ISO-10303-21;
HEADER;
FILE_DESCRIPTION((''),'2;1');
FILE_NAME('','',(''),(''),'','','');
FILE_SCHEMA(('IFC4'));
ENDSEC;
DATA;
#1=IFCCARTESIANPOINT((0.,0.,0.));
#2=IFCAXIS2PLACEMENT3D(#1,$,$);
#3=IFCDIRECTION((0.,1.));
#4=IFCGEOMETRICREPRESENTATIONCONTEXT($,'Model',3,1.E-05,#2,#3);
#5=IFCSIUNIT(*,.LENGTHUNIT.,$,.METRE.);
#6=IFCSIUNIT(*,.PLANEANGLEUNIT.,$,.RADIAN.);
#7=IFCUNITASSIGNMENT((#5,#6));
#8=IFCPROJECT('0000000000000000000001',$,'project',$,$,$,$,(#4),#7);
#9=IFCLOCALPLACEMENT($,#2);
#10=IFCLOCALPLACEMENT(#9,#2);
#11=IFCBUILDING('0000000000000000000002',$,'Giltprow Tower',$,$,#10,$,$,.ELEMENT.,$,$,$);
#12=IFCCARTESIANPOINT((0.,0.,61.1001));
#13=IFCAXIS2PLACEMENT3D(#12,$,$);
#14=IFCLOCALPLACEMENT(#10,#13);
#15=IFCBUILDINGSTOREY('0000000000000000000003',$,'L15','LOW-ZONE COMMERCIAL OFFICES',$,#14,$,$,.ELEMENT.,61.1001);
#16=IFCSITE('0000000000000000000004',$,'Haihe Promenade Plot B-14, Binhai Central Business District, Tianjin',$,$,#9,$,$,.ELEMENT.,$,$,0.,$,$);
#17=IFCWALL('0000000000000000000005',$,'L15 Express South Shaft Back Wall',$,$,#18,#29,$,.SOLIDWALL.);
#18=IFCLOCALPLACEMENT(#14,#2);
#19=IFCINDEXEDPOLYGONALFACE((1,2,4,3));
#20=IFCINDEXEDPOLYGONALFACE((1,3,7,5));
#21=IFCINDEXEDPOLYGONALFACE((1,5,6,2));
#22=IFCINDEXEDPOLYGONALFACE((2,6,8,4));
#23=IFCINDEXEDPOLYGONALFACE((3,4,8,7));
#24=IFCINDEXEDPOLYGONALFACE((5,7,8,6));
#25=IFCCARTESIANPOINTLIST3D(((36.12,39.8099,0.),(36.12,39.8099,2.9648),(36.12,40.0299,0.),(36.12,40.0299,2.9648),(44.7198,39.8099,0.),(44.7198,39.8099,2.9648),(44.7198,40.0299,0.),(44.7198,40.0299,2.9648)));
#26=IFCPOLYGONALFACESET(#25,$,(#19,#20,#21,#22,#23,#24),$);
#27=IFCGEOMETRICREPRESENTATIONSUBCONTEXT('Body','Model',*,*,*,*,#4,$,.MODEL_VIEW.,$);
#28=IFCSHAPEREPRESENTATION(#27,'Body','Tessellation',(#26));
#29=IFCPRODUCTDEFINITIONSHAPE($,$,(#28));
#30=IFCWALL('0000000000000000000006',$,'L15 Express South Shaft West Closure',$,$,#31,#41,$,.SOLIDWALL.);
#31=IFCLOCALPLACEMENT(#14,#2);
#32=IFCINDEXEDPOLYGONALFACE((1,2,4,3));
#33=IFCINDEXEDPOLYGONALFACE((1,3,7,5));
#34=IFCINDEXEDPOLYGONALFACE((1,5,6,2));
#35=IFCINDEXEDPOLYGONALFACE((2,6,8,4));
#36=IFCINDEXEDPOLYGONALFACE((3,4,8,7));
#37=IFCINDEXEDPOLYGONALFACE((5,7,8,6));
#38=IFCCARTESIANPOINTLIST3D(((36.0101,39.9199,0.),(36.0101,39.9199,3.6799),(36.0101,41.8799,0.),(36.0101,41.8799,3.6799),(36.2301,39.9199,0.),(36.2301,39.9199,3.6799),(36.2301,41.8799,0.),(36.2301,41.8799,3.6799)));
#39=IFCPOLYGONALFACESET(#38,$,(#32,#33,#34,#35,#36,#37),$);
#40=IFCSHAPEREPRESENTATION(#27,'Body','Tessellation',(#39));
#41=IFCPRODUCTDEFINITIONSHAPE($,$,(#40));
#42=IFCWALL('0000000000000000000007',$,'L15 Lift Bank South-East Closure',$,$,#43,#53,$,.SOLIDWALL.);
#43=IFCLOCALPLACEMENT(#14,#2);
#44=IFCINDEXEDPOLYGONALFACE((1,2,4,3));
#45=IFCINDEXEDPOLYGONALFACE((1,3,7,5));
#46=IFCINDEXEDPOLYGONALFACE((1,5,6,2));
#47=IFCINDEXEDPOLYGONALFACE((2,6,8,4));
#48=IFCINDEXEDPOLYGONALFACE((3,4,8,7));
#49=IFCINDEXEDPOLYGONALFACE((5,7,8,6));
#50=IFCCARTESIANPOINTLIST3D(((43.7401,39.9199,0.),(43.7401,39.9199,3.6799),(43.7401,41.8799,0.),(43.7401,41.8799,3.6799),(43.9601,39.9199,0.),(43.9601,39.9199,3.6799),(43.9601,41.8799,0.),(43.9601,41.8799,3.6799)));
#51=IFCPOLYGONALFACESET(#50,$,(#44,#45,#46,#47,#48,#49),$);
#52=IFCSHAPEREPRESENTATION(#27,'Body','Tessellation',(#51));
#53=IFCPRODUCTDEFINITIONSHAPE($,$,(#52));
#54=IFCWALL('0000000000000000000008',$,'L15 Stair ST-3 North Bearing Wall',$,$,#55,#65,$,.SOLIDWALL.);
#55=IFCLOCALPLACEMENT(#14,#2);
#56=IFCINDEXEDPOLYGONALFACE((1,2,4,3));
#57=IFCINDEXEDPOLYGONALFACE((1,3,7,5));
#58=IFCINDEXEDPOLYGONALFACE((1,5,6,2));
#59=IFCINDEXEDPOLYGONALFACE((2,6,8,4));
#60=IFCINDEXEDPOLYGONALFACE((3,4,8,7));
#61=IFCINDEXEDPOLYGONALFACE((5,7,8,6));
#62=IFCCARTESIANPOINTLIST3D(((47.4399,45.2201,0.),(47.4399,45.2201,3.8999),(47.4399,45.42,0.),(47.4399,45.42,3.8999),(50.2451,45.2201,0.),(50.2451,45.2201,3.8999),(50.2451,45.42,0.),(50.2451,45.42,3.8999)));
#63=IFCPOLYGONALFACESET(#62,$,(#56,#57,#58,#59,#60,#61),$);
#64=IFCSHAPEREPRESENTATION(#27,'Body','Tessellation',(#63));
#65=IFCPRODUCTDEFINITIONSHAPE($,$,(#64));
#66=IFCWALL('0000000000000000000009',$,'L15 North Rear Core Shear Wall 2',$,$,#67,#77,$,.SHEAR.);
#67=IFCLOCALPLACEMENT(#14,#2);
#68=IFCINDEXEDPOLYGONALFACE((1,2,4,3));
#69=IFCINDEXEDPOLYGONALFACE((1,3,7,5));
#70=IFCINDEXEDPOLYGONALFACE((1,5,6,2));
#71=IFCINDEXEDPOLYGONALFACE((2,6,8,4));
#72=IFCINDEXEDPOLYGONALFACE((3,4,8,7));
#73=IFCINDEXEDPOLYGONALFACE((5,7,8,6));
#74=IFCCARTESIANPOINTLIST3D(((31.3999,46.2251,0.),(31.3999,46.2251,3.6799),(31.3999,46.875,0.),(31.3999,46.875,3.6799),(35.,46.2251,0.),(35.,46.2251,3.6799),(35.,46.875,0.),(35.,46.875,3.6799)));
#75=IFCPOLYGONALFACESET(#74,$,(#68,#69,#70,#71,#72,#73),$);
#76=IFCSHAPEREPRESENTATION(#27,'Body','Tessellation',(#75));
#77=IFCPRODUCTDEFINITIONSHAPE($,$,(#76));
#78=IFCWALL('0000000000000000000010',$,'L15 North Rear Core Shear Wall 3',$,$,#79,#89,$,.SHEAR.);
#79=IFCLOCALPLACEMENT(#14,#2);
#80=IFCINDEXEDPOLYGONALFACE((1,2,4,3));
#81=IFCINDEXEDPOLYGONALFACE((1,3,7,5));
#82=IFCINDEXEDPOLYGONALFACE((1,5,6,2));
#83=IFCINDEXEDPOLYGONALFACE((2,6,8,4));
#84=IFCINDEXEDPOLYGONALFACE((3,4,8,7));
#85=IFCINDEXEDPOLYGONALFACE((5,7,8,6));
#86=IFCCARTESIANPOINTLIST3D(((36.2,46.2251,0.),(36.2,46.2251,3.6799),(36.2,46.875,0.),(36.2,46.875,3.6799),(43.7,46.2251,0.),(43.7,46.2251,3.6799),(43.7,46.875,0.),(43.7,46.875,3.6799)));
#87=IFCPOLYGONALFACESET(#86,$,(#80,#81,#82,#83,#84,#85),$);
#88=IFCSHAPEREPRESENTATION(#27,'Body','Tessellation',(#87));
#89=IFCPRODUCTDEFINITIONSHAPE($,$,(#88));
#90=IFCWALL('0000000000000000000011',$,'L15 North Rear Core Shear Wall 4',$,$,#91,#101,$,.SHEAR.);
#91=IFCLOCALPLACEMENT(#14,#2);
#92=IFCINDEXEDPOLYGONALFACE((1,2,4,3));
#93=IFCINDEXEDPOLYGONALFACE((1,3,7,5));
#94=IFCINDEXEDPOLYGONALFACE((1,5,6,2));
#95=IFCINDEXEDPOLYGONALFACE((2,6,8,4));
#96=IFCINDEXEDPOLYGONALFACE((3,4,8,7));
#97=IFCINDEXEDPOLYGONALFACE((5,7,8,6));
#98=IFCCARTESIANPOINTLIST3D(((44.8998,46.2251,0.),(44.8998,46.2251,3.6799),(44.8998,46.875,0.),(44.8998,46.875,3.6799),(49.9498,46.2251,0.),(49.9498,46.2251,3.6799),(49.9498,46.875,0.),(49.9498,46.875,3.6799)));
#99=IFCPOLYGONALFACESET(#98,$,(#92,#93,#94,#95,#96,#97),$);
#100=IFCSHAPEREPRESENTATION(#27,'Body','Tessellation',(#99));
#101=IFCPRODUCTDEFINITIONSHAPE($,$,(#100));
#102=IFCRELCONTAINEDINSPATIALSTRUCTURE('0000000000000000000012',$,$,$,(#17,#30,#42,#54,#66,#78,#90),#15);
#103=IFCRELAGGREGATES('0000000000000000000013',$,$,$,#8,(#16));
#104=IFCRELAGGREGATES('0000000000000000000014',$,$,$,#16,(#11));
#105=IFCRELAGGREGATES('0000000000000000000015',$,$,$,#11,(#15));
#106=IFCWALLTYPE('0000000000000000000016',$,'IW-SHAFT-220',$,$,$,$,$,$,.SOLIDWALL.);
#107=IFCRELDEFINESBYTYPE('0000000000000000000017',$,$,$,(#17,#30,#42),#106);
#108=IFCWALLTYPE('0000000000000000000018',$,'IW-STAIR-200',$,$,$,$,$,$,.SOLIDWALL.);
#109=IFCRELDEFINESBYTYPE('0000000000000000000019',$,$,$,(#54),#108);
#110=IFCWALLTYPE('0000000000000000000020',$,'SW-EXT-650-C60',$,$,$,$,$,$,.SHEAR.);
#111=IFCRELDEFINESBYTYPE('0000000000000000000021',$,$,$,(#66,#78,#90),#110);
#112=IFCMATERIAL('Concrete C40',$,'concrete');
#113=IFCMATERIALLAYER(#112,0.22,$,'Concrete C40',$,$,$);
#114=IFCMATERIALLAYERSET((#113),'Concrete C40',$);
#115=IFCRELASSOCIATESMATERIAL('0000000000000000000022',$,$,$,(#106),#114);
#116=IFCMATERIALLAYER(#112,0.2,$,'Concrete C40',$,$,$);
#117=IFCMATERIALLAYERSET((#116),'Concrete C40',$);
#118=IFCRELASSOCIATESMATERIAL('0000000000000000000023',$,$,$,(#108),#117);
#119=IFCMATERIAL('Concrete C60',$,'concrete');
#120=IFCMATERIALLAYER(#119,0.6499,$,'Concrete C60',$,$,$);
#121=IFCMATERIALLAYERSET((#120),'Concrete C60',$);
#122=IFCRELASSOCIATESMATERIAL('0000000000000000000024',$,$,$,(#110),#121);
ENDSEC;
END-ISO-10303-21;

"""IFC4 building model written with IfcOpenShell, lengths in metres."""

from ifc_helpers import new_model, si_unit, direction, frame, frame_2d, origin, place, context, subcontext, project, spatial, rectangle, extrude, material, layer, layer_set, type_object, element, save


model = new_model("IFC4")

# Units and contexts
model_context = context("Model", 3, precision=1e-05, world=origin(), true_north=direction((0.0, 1.0)))
body_context = subcontext(model_context, "Body", "Model", "MODEL_VIEW")
ifc_project = project(units=[si_unit("LENGTHUNIT", "METRE"), si_unit("PLANEANGLEUNIT", "RADIAN")], contexts=[model_context])

# Site, building, storey
site_placement = place(None, origin())
site = spatial("IfcSite", under=ifc_project, at=site_placement, Name="Haihe Promenade Plot B-14, Binhai Central Business District, Tianjin", CompositionType="ELEMENT", RefElevation=0.0)
building_placement = place(site_placement, origin())
building = spatial("IfcBuilding", under=site, at=building_placement, Name="Giltprow Tower", CompositionType="ELEMENT")
storey_placement = place(building_placement, frame((0.0, 0.0, 61.1001)))
storey = spatial("IfcBuildingStorey", under=building, at=storey_placement, Name="L15", Description="LOW-ZONE COMMERCIAL OFFICES", CompositionType="ELEMENT", Elevation=61.1001)

# Shared definitions
ifc_material_1 = material(Name="Concrete C60", Category="concrete")

# Shared definitions
ifc_material_2 = material(Name="Concrete C40", Category="concrete")
ifc_layer_1 = layer(ifc_material_2, 0.22, Name="Concrete C40")
ifc_layer_set_1 = layer_set([ifc_layer_1], Name="Concrete C40")
wall_type_1 = type_object("IfcWallType", Name="IW-SHAFT-220", PredefinedType="SOLIDWALL", material=ifc_layer_set_1)

# Walls
wall_1_placement = place(storey_placement, frame((36.1201, 39.9199, 0.0), z_axis=(0.0, 0.0, 1.0), x_axis=(1.0, 0.0, 0.0)))
element("IfcWall", 1, at=wall_1_placement, inside=storey, type_object=wall_type_1, Name="L15 Express South Shaft Back Wall", PredefinedType="SOLIDWALL", context=body_context, shape_type="SweptSolid", body=[
    extrude(rectangle(XDim=8.5999, YDim=0.22, at=frame_2d((4.2998, 0.0))), origin(), (0.0, 0.0, 1.0), 2.9648),
])
for number, where, z_axis, x_axis, name in (
    (2, (36.1201, 39.9199, 0.0), (0.0, 0.0, 1.0), (0.0, 1.0, 0.0), "L15 Express South Shaft West Closure"),
    (3, (43.8501, 39.9199, 0.0), (0.0, 0.0, 1.0), (0.0, 1.0, 0.0), "L15 Lift Bank South-East Closure"),
):
    element("IfcWall", number, at=place(storey_placement, frame(where, z_axis=z_axis, x_axis=x_axis)), inside=storey, type_object=wall_type_1, Name=name, PredefinedType="SOLIDWALL", context=body_context, shape_type="SweptSolid", body=[
        extrude(rectangle(XDim=1.96, YDim=0.22, at=frame_2d((0.98, 0.0))), origin(), (0.0, 0.0, 1.0), 3.6799),
    ])
ifc_layer_2 = layer(ifc_material_2, 0.2, Name="Concrete C40")
ifc_layer_set_2 = layer_set([ifc_layer_2], Name="Concrete C40")
wall_type_2 = type_object("IfcWallType", Name="IW-STAIR-200", PredefinedType="SOLIDWALL", material=ifc_layer_set_2)
wall_2_placement = place(storey_placement, frame((47.4399, 45.3201, 0.0), z_axis=(0.0, 0.0, 1.0), x_axis=(1.0, 0.0, 0.0)))
element("IfcWall", 4, at=wall_2_placement, inside=storey, type_object=wall_type_2, Name="L15 Stair ST-3 North Bearing Wall", PredefinedType="SOLIDWALL", context=body_context, shape_type="SweptSolid", body=[
    extrude(rectangle(XDim=2.8052, YDim=0.2, at=frame_2d((1.4026, 0.0))), origin(), (0.0, 0.0, 1.0), 3.8999),
])
ifc_layer_3 = layer(ifc_material_1, 0.6499, Name="Concrete C60")
ifc_layer_set_3 = layer_set([ifc_layer_3], Name="Concrete C60")
wall_type_3 = type_object("IfcWallType", Name="SW-EXT-650-C60", PredefinedType="SHEAR", material=ifc_layer_set_3)
wall_3_placement = place(storey_placement, frame((31.3999, 46.55, 0.0), z_axis=(0.0, 0.0, 1.0), x_axis=(1.0, 0.0, 0.0)))
element("IfcWall", 5, at=wall_3_placement, inside=storey, type_object=wall_type_3, Name="L15 North Rear Core Shear Wall 2", PredefinedType="SHEAR", context=body_context, shape_type="SweptSolid", body=[
    extrude(rectangle(XDim=3.6001, YDim=0.6499, at=frame_2d((1.8, 0.0))), origin(), (0.0, 0.0, 1.0), 3.6799),
])
wall_4_placement = place(storey_placement, frame((36.2, 46.55, 0.0), z_axis=(0.0, 0.0, 1.0), x_axis=(1.0, 0.0, 0.0)))
element("IfcWall", 6, at=wall_4_placement, inside=storey, type_object=wall_type_3, Name="L15 North Rear Core Shear Wall 3", PredefinedType="SHEAR", context=body_context, shape_type="SweptSolid", body=[
    extrude(rectangle(XDim=7.5, YDim=0.6499, at=frame_2d((3.75, 0.0))), origin(), (0.0, 0.0, 1.0), 3.6799),
])
wall_5_placement = place(storey_placement, frame((44.8999, 46.55, 0.0), z_axis=(0.0, 0.0, 1.0), x_axis=(1.0, 0.0, 0.0)))
element("IfcWall", 7, at=wall_5_placement, inside=storey, type_object=wall_type_3, Name="L15 North Rear Core Shear Wall 4", PredefinedType="SHEAR", context=body_context, shape_type="SweptSolid", body=[
    extrude(rectangle(XDim=5.05, YDim=0.6499, at=frame_2d((2.5249, 0.0))), origin(), (0.0, 0.0, 1.0), 3.6799),
])

save(model, "model.ifc")
